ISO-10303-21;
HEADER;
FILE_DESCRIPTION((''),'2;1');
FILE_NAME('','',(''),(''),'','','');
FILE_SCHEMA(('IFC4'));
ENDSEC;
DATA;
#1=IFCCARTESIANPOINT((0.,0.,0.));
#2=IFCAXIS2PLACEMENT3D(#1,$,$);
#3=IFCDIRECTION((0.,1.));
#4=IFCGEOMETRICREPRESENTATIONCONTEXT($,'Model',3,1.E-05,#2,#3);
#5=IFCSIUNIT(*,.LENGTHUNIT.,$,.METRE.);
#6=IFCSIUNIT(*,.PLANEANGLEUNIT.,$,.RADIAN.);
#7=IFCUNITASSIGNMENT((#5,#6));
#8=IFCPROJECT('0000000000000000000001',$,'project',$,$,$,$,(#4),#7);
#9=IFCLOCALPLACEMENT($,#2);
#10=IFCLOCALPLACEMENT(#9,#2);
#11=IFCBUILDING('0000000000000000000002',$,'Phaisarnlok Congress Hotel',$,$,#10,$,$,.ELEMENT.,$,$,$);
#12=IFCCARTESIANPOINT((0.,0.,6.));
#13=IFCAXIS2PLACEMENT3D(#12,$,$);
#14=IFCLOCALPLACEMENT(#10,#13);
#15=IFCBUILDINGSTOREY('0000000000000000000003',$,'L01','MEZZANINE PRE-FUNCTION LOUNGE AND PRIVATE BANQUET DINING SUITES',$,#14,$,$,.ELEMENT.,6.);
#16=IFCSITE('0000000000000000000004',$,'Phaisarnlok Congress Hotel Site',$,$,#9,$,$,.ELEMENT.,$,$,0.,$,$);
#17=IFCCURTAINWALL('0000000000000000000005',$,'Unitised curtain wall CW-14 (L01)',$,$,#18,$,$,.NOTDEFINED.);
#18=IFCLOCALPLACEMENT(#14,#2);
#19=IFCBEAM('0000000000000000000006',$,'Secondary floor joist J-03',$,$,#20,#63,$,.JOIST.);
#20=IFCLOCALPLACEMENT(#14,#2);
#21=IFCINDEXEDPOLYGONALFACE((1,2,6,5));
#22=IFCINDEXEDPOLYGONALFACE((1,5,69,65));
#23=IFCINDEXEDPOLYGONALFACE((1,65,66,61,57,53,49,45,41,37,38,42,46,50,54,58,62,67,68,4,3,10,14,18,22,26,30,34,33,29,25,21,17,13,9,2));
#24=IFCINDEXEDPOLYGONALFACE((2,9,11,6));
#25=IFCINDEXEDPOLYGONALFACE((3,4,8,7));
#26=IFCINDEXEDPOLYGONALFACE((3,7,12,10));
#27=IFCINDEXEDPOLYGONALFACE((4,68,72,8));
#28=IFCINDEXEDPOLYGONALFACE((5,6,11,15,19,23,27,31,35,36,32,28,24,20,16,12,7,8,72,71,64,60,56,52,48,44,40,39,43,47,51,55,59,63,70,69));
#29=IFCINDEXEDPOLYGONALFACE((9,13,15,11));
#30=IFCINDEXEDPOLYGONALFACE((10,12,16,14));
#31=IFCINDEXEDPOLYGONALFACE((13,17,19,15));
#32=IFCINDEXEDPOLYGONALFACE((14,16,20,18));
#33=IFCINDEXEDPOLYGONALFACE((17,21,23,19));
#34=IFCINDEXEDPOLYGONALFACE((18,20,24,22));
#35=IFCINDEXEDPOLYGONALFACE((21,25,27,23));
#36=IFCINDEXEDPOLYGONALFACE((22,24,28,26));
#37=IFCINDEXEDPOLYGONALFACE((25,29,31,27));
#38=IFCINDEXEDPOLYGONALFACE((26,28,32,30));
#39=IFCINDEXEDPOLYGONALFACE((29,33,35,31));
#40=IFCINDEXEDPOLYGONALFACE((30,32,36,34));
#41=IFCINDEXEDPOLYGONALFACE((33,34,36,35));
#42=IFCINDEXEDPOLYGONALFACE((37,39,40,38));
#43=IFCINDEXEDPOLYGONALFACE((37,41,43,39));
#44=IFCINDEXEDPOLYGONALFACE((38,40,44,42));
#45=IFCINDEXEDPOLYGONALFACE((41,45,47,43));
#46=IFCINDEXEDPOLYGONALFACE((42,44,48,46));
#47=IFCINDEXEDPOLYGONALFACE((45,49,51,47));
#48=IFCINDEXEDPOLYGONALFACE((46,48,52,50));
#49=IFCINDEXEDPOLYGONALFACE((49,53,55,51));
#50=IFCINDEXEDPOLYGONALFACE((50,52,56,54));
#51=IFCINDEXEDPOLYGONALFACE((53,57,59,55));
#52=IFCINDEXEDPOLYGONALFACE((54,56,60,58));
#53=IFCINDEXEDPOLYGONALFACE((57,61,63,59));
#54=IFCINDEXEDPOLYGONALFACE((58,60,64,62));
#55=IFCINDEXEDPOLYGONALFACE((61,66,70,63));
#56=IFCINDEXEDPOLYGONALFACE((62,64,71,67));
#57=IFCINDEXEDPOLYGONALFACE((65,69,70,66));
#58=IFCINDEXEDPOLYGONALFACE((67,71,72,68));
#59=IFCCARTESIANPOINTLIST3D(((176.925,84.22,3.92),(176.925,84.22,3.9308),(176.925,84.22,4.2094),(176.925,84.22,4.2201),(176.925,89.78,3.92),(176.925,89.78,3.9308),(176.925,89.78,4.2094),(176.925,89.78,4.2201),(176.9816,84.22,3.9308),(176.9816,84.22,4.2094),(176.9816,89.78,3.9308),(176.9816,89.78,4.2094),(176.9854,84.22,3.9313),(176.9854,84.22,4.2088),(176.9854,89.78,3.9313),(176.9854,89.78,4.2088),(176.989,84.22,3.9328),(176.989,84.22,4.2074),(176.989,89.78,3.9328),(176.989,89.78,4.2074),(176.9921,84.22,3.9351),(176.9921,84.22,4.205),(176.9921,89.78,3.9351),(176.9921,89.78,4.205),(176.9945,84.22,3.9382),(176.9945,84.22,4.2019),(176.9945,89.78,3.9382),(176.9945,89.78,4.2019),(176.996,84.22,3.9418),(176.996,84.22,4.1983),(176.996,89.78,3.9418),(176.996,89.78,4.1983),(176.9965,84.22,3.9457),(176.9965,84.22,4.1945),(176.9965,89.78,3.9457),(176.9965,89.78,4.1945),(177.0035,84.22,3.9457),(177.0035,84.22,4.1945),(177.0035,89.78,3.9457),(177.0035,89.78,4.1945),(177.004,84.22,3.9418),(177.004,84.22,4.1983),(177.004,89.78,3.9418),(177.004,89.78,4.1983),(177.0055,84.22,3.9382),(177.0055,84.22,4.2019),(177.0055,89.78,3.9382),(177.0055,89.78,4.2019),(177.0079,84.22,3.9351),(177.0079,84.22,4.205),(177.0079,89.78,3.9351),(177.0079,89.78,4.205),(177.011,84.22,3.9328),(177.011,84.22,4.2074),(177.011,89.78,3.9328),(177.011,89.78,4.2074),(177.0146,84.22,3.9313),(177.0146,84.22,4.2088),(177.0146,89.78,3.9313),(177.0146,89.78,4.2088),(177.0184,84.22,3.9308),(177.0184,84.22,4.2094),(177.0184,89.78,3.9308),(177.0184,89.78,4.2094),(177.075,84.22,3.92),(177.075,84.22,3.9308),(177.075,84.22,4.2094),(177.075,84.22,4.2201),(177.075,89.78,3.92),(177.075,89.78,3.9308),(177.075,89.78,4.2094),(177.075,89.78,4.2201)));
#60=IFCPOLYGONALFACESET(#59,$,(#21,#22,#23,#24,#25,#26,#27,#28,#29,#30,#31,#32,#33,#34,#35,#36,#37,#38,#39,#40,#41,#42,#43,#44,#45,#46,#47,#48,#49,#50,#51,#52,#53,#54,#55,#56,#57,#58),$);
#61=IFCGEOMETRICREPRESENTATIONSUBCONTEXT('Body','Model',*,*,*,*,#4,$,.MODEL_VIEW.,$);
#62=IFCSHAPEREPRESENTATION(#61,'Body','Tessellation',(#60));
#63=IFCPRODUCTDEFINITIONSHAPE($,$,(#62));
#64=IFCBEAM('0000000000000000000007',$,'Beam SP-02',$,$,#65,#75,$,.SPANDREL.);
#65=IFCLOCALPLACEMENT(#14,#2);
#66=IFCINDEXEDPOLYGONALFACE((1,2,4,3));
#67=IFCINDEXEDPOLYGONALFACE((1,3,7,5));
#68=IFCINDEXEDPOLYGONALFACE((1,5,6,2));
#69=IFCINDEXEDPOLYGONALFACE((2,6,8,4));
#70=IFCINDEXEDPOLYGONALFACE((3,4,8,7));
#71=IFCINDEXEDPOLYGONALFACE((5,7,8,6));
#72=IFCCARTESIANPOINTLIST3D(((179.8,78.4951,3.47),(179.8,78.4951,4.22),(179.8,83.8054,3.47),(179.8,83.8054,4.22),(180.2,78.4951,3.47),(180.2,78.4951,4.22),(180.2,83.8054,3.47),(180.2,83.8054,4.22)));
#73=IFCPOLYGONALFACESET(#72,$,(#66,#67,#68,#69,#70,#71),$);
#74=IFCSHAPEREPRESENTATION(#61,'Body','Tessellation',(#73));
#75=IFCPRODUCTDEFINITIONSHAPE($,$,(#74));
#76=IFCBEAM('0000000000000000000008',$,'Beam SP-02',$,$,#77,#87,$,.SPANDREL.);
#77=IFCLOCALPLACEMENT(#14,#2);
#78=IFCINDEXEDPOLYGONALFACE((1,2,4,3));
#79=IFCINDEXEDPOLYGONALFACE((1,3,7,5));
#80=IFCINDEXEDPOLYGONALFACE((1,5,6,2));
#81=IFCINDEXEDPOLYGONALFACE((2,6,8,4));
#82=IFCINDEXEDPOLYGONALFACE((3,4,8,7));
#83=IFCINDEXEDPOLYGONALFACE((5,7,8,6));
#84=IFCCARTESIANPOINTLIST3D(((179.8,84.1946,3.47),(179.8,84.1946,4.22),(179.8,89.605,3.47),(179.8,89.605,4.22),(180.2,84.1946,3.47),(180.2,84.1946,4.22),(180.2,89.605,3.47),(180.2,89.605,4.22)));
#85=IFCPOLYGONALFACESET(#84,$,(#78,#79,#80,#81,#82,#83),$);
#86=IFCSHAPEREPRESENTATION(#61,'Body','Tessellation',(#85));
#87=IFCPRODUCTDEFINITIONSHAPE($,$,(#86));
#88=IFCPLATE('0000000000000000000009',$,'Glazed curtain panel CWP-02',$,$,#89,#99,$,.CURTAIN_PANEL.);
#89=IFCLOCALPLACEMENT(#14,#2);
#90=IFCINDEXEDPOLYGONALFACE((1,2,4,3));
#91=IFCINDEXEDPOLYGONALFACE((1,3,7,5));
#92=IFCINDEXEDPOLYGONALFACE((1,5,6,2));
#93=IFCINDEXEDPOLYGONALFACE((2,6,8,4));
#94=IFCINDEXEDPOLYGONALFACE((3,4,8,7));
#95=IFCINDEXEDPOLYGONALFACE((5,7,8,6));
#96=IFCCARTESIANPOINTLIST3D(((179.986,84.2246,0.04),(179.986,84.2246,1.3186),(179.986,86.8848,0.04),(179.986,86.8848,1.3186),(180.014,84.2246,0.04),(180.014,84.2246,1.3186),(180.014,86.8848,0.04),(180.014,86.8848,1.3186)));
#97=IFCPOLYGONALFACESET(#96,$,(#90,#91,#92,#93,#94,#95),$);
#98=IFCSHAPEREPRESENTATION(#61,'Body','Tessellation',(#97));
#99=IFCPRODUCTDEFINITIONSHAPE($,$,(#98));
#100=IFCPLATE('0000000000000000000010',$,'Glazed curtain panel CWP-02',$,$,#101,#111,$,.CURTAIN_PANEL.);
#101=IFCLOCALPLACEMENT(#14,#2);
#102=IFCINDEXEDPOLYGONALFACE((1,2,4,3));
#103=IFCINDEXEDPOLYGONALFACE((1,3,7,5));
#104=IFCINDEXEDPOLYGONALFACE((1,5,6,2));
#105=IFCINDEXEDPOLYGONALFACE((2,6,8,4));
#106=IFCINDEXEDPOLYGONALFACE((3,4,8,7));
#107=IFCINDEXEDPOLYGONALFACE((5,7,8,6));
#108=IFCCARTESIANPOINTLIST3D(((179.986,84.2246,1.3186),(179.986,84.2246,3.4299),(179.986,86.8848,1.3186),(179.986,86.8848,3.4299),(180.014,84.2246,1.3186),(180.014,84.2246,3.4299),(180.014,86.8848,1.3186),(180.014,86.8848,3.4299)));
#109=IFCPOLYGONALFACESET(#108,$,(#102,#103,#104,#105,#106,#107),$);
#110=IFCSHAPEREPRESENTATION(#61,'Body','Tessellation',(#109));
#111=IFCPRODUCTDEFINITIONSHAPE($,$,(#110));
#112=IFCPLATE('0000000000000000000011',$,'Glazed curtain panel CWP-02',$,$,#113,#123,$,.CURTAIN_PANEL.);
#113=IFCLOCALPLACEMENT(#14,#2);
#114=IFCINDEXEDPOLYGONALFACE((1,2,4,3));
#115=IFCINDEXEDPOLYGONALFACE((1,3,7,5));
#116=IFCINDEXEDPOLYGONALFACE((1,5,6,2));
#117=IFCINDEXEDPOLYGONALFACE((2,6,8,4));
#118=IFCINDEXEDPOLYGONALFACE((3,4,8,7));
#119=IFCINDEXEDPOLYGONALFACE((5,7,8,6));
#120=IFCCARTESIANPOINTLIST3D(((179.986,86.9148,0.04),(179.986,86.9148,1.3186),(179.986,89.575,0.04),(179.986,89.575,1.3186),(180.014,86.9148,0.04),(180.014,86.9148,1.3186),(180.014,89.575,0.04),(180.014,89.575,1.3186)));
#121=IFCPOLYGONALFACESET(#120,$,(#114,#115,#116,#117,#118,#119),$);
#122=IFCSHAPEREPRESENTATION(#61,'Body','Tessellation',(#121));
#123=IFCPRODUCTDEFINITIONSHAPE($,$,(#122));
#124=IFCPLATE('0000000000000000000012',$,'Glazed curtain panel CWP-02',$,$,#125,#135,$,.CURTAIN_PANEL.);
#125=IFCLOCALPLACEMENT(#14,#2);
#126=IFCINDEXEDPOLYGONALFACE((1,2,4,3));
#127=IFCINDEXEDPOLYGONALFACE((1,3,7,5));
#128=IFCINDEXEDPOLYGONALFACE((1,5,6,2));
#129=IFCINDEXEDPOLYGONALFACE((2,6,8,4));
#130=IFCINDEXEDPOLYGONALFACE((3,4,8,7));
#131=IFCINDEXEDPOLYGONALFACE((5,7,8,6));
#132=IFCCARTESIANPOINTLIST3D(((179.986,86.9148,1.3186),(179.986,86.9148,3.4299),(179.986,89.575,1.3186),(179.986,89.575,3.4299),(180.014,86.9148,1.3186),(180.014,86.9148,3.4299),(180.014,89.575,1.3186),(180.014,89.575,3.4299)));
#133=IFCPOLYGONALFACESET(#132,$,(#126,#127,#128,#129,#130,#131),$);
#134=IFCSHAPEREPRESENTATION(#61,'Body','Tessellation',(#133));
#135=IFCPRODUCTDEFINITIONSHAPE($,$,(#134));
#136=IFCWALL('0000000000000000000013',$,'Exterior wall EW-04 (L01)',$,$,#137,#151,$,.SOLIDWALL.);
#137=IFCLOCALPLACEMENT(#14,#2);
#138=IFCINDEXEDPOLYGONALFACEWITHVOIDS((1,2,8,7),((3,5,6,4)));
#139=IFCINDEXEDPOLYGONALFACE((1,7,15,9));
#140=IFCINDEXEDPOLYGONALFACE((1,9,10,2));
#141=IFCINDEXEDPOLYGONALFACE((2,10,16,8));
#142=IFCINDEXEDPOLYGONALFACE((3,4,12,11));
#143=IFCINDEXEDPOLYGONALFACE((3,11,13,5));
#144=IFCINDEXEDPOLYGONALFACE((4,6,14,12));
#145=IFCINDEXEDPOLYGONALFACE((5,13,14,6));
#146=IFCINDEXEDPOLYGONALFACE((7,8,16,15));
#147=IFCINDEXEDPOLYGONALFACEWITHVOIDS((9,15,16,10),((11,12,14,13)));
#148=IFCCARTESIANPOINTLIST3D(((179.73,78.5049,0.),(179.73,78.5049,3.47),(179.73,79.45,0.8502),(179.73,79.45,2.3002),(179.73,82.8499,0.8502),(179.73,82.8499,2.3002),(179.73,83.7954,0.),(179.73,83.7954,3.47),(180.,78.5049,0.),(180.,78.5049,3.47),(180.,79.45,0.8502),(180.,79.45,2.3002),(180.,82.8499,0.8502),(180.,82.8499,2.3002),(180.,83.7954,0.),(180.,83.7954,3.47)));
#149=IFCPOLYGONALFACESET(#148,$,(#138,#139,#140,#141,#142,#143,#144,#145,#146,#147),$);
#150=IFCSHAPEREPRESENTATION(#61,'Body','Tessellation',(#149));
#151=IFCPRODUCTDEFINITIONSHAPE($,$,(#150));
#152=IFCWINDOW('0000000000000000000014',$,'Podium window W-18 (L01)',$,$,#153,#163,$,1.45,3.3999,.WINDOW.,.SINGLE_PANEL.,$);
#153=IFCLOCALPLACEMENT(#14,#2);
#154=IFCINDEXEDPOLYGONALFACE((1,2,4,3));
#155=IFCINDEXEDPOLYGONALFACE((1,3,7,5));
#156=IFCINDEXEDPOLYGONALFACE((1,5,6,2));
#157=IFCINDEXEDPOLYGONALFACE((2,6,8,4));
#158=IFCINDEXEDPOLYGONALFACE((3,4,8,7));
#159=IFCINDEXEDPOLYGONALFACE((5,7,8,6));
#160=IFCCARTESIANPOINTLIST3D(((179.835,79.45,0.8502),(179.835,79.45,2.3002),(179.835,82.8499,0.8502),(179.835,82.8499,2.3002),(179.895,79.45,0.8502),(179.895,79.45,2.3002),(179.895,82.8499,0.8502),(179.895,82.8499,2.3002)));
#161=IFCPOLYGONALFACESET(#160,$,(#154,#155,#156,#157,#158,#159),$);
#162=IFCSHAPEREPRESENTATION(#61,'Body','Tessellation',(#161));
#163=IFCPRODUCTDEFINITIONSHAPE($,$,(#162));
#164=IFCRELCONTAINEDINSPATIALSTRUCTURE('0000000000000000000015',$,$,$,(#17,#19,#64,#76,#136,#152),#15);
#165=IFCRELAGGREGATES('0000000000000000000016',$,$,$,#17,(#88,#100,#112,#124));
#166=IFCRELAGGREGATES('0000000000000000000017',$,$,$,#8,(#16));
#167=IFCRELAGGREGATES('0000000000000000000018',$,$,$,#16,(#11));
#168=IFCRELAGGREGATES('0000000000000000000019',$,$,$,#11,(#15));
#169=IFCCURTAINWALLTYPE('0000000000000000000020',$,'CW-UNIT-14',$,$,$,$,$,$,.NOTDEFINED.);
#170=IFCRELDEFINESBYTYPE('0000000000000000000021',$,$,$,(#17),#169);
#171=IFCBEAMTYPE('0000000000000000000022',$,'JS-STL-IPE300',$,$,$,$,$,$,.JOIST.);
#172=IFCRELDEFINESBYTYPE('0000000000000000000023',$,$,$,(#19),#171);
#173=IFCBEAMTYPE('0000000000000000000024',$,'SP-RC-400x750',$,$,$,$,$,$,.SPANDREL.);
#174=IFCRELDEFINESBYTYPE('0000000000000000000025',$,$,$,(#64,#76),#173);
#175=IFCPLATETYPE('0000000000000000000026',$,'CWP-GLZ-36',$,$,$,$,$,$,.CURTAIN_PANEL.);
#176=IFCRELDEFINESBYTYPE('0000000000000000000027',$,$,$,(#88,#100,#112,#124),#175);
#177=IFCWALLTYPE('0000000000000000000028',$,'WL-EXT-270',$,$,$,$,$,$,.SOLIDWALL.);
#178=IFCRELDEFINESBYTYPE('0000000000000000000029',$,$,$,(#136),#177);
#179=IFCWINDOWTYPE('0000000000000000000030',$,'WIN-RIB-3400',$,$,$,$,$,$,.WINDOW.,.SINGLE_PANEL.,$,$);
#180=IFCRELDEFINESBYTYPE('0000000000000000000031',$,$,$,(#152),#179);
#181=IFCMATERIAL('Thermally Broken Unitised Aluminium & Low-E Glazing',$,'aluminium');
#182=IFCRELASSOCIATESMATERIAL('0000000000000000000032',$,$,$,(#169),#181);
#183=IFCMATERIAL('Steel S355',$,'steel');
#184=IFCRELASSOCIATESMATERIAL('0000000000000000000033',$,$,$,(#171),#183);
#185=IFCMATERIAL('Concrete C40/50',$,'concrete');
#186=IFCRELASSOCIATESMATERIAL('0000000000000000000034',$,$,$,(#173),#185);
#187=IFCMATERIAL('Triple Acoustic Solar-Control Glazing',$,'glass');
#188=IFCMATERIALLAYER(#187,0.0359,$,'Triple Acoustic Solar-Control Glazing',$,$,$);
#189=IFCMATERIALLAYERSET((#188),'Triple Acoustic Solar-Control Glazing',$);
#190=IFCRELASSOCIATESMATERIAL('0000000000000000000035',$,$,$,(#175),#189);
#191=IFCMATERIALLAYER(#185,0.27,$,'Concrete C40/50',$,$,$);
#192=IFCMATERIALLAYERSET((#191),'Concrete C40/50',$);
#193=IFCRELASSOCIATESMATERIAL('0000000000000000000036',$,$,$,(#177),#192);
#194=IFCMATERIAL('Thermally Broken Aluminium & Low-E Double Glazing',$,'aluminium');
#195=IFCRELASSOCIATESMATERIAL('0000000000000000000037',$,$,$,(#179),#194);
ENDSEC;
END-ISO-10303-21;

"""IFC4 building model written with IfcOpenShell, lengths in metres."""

from ifc_helpers import new_model, si_unit, direction, frame, frame_2d, origin, origin_2d, place, context, subcontext, project, spatial, rectangle, i_section, extrude, material, layer, layer_set, material_profile, profile_set, type_object, element, fill, aggregate, save


model = new_model("IFC4")

# Units and contexts
model_context = context("Model", 3, precision=1e-05, world=origin(), true_north=direction((0.0, 1.0)))
body_context = subcontext(model_context, "Body", "Model", "MODEL_VIEW")
ifc_project = project(units=[si_unit("LENGTHUNIT", "METRE"), si_unit("PLANEANGLEUNIT", "RADIAN")], contexts=[model_context])

# Site, building, storey
site_placement = place(None, origin())
site = spatial("IfcSite", under=ifc_project, at=site_placement, Name="Phaisarnlok Congress Hotel Site", CompositionType="ELEMENT", RefElevation=0.0)
building_placement = place(site_placement, origin())
building = spatial("IfcBuilding", under=site, at=building_placement, Name="Phaisarnlok Congress Hotel", CompositionType="ELEMENT")
storey_placement = place(building_placement, frame((0.0, 0.0, 6.0)))
storey = spatial("IfcBuildingStorey", under=building, at=storey_placement, Name="L01", Description="MEZZANINE PRE-FUNCTION LOUNGE AND PRIVATE BANQUET DINING SUITES", CompositionType="ELEMENT", Elevation=6.0)

# Shared definitions
ifc_material_1 = material(Name="Steel S355", Category="steel")

# Shared definitions
ifc_material_2 = material(Name="Concrete C40/50", Category="concrete")

# Curtain wall
ifc_material_3 = material(Name="Thermally Broken Unitised Aluminium & Low-E Glazing", Category="aluminium")
curtain_wall_type = type_object("IfcCurtainWallType", Name="CW-UNIT-14", PredefinedType="NOTDEFINED", material=ifc_material_3)
curtain_wall_placement = place(storey_placement, origin())
curtain_wall = element("IfcCurtainWall", 1, at=curtain_wall_placement, inside=storey, type_object=curtain_wall_type, Name="Unitised curtain wall CW-14 (L01)", PredefinedType="NOTDEFINED")

# Beams
ifc_material_profile_1 = material_profile(ifc_material_1, i_section(OverallWidth=0.1499, OverallDepth=0.3, WebThickness=0.0071, FlangeThickness=0.0107, FilletRadius=0.0149, at=origin_2d()), Name="IPE 300")
ifc_profile_set_1 = profile_set([ifc_material_profile_1], Name="Steel S355")
beam_type_1 = type_object("IfcBeamType", Name="JS-STL-IPE300", PredefinedType="JOIST", material=ifc_profile_set_1)
beam_1_placement = place(storey_placement, frame((177.0, 84.22, 4.0701), z_axis=(0.0, 1.0, 0.0), x_axis=(-1.0, 0.0, 0.0)))
element("IfcBeam", 2, at=beam_1_placement, inside=storey, type_object=beam_type_1, Name="Secondary floor joist J-03", PredefinedType="JOIST", context=body_context, shape_type="SweptSolid", body=[
    extrude(i_section(OverallWidth=0.1499, OverallDepth=0.3, WebThickness=0.0071, FlangeThickness=0.0107, FilletRadius=0.0149, at=origin_2d()), origin(), (0.0, 0.0, 1.0), 5.5601),
])
ifc_material_profile_2 = material_profile(ifc_material_2, rectangle(XDim=0.3999, YDim=0.75, at=origin_2d()), Name="RC 400x750")
ifc_profile_set_2 = profile_set([ifc_material_profile_2], Name="Concrete C40/50")
beam_type_2 = type_object("IfcBeamType", Name="SP-RC-400x750", PredefinedType="SPANDREL", material=ifc_profile_set_2)
beam_2_placement = place(storey_placement, frame((180.0, 78.4951, 3.845), z_axis=(0.0, 1.0, 0.0), x_axis=(-1.0, 0.0, 0.0)))
element("IfcBeam", 3, at=beam_2_placement, inside=storey, type_object=beam_type_2, Name="Beam SP-02", PredefinedType="SPANDREL", context=body_context, shape_type="SweptSolid", body=[
    extrude(rectangle(XDim=0.3999, YDim=0.75, at=origin_2d()), origin(), (0.0, 0.0, 1.0), 5.3103),
])
beam_3_placement = place(storey_placement, frame((180.0, 84.1946, 3.845), z_axis=(0.0, 1.0, 0.0), x_axis=(-1.0, 0.0, 0.0)))
element("IfcBeam", 4, at=beam_3_placement, inside=storey, type_object=beam_type_2, Name="Beam SP-02", PredefinedType="SPANDREL", context=body_context, shape_type="SweptSolid", body=[
    extrude(rectangle(XDim=0.3999, YDim=0.75, at=origin_2d()), origin(), (0.0, 0.0, 1.0), 5.4104),
])

# Plates
ifc_material_4 = material(Name="Triple Acoustic Solar-Control Glazing", Category="glass")
ifc_layer_1 = layer(ifc_material_4, 0.0359, Name="Triple Acoustic Solar-Control Glazing")
ifc_layer_set_1 = layer_set([ifc_layer_1], Name="Triple Acoustic Solar-Control Glazing")
plate_type = type_object("IfcPlateType", Name="CWP-GLZ-36", PredefinedType="CURTAIN_PANEL", material=ifc_layer_set_1)
plate_1_placement = place(storey_placement, frame((180.0, 84.2246, 0.04), z_axis=(0.0, 0.0, 1.0), x_axis=(0.0, 1.0, 0.0)))
plate_1 = element("IfcPlate", 5, at=plate_1_placement, type_object=plate_type, Name="Glazed curtain panel CWP-02", PredefinedType="CURTAIN_PANEL", context=body_context, shape_type="SweptSolid", body=[
    extrude(rectangle(XDim=2.6602, YDim=0.0281, at=frame_2d((1.3301, 0.0))), origin(), (0.0, 0.0, 1.0), 1.2786),
])
plate_2_placement = place(storey_placement, frame((180.0, 84.2246, 1.3186), z_axis=(0.0, 0.0, 1.0), x_axis=(0.0, 1.0, 0.0)))
plate_2 = element("IfcPlate", 6, at=plate_2_placement, type_object=plate_type, Name="Glazed curtain panel CWP-02", PredefinedType="CURTAIN_PANEL", context=body_context, shape_type="SweptSolid", body=[
    extrude(rectangle(XDim=2.6602, YDim=0.0281, at=frame_2d((1.3301, 0.0))), origin(), (0.0, 0.0, 1.0), 2.1113),
])
plate_3_placement = place(storey_placement, frame((180.0, 86.9148, 0.04), z_axis=(0.0, 0.0, 1.0), x_axis=(0.0, 1.0, 0.0)))
plate_3 = element("IfcPlate", 7, at=plate_3_placement, type_object=plate_type, Name="Glazed curtain panel CWP-02", PredefinedType="CURTAIN_PANEL", context=body_context, shape_type="SweptSolid", body=[
    extrude(rectangle(XDim=2.6602, YDim=0.0281, at=frame_2d((1.3301, 0.0))), origin(), (0.0, 0.0, 1.0), 1.2786),
])
plate_4_placement = place(storey_placement, frame((180.0, 86.9148, 1.3186), z_axis=(0.0, 0.0, 1.0), x_axis=(0.0, 1.0, 0.0)))
plate_4 = element("IfcPlate", 8, at=plate_4_placement, type_object=plate_type, Name="Glazed curtain panel CWP-02", PredefinedType="CURTAIN_PANEL", context=body_context, shape_type="SweptSolid", body=[
    extrude(rectangle(XDim=2.6602, YDim=0.0281, at=frame_2d((1.3301, 0.0))), origin(), (0.0, 0.0, 1.0), 2.1113),
])
aggregate(curtain_wall, [plate_1, plate_2, plate_3, plate_4])

# Wall, opening, window
ifc_layer_2 = layer(ifc_material_2, 0.27, Name="Concrete C40/50")
ifc_layer_set_2 = layer_set([ifc_layer_2], Name="Concrete C40/50")
wall_type = type_object("IfcWallType", Name="WL-EXT-270", PredefinedType="SOLIDWALL", material=ifc_layer_set_2)
wall_placement = place(storey_placement, frame((179.865, 78.5049, 0.0), z_axis=(0.0, 0.0, 1.0), x_axis=(0.0, 1.0, 0.0)))
wall = element("IfcWall", 9, at=wall_placement, inside=storey, type_object=wall_type, Name="Exterior wall EW-04 (L01)", PredefinedType="SOLIDWALL", context=body_context, shape_type="SweptSolid", body=[
    extrude(rectangle(XDim=5.2905, YDim=0.27, at=frame_2d((2.6453, 0.0))), origin(), (0.0, 0.0, 1.0), 3.47),
])
opening_placement = place(wall_placement, frame((0.9451, 0.0, 0.8501)))
opening = element("IfcOpeningElement", 10, at=opening_placement, cuts=wall, PredefinedType="OPENING", context=body_context, shape_type="SweptSolid", body=[
    extrude(rectangle(XDim=3.3999, YDim=1.45, at=frame_2d((1.7, 0.7251))), frame((0.0, 0.145, 0.0), z_axis=(0.0, -1.0, 0.0), x_axis=(1.0, 0.0, 0.0)), (0.0, 0.0, 1.0), 0.29),
])
ifc_material_5 = material(Name="Thermally Broken Aluminium & Low-E Double Glazing", Category="aluminium")
window_type = type_object("IfcWindowType", Name="WIN-RIB-3400", PartitioningType="SINGLE_PANEL", PredefinedType="WINDOW", material=ifc_material_5)
window_placement = place(opening_placement, origin())
window = element("IfcWindow", 11, at=window_placement, inside=storey, type_object=window_type, Name="Podium window W-18 (L01)", OverallHeight=1.45, OverallWidth=3.3999, PartitioningType="SINGLE_PANEL", PredefinedType="WINDOW", context=body_context, shape_type="SweptSolid", body=[
    extrude(rectangle(XDim=3.3999, YDim=1.45, at=frame_2d((1.7, 0.7251))), frame((0.0, 0.03, 0.0), z_axis=(0.0, -1.0, 0.0), x_axis=(1.0, 0.0, 0.0)), (0.0, 0.0, 1.0), 0.0601),
])
fill(opening, window)

save(model, "model.ifc")
